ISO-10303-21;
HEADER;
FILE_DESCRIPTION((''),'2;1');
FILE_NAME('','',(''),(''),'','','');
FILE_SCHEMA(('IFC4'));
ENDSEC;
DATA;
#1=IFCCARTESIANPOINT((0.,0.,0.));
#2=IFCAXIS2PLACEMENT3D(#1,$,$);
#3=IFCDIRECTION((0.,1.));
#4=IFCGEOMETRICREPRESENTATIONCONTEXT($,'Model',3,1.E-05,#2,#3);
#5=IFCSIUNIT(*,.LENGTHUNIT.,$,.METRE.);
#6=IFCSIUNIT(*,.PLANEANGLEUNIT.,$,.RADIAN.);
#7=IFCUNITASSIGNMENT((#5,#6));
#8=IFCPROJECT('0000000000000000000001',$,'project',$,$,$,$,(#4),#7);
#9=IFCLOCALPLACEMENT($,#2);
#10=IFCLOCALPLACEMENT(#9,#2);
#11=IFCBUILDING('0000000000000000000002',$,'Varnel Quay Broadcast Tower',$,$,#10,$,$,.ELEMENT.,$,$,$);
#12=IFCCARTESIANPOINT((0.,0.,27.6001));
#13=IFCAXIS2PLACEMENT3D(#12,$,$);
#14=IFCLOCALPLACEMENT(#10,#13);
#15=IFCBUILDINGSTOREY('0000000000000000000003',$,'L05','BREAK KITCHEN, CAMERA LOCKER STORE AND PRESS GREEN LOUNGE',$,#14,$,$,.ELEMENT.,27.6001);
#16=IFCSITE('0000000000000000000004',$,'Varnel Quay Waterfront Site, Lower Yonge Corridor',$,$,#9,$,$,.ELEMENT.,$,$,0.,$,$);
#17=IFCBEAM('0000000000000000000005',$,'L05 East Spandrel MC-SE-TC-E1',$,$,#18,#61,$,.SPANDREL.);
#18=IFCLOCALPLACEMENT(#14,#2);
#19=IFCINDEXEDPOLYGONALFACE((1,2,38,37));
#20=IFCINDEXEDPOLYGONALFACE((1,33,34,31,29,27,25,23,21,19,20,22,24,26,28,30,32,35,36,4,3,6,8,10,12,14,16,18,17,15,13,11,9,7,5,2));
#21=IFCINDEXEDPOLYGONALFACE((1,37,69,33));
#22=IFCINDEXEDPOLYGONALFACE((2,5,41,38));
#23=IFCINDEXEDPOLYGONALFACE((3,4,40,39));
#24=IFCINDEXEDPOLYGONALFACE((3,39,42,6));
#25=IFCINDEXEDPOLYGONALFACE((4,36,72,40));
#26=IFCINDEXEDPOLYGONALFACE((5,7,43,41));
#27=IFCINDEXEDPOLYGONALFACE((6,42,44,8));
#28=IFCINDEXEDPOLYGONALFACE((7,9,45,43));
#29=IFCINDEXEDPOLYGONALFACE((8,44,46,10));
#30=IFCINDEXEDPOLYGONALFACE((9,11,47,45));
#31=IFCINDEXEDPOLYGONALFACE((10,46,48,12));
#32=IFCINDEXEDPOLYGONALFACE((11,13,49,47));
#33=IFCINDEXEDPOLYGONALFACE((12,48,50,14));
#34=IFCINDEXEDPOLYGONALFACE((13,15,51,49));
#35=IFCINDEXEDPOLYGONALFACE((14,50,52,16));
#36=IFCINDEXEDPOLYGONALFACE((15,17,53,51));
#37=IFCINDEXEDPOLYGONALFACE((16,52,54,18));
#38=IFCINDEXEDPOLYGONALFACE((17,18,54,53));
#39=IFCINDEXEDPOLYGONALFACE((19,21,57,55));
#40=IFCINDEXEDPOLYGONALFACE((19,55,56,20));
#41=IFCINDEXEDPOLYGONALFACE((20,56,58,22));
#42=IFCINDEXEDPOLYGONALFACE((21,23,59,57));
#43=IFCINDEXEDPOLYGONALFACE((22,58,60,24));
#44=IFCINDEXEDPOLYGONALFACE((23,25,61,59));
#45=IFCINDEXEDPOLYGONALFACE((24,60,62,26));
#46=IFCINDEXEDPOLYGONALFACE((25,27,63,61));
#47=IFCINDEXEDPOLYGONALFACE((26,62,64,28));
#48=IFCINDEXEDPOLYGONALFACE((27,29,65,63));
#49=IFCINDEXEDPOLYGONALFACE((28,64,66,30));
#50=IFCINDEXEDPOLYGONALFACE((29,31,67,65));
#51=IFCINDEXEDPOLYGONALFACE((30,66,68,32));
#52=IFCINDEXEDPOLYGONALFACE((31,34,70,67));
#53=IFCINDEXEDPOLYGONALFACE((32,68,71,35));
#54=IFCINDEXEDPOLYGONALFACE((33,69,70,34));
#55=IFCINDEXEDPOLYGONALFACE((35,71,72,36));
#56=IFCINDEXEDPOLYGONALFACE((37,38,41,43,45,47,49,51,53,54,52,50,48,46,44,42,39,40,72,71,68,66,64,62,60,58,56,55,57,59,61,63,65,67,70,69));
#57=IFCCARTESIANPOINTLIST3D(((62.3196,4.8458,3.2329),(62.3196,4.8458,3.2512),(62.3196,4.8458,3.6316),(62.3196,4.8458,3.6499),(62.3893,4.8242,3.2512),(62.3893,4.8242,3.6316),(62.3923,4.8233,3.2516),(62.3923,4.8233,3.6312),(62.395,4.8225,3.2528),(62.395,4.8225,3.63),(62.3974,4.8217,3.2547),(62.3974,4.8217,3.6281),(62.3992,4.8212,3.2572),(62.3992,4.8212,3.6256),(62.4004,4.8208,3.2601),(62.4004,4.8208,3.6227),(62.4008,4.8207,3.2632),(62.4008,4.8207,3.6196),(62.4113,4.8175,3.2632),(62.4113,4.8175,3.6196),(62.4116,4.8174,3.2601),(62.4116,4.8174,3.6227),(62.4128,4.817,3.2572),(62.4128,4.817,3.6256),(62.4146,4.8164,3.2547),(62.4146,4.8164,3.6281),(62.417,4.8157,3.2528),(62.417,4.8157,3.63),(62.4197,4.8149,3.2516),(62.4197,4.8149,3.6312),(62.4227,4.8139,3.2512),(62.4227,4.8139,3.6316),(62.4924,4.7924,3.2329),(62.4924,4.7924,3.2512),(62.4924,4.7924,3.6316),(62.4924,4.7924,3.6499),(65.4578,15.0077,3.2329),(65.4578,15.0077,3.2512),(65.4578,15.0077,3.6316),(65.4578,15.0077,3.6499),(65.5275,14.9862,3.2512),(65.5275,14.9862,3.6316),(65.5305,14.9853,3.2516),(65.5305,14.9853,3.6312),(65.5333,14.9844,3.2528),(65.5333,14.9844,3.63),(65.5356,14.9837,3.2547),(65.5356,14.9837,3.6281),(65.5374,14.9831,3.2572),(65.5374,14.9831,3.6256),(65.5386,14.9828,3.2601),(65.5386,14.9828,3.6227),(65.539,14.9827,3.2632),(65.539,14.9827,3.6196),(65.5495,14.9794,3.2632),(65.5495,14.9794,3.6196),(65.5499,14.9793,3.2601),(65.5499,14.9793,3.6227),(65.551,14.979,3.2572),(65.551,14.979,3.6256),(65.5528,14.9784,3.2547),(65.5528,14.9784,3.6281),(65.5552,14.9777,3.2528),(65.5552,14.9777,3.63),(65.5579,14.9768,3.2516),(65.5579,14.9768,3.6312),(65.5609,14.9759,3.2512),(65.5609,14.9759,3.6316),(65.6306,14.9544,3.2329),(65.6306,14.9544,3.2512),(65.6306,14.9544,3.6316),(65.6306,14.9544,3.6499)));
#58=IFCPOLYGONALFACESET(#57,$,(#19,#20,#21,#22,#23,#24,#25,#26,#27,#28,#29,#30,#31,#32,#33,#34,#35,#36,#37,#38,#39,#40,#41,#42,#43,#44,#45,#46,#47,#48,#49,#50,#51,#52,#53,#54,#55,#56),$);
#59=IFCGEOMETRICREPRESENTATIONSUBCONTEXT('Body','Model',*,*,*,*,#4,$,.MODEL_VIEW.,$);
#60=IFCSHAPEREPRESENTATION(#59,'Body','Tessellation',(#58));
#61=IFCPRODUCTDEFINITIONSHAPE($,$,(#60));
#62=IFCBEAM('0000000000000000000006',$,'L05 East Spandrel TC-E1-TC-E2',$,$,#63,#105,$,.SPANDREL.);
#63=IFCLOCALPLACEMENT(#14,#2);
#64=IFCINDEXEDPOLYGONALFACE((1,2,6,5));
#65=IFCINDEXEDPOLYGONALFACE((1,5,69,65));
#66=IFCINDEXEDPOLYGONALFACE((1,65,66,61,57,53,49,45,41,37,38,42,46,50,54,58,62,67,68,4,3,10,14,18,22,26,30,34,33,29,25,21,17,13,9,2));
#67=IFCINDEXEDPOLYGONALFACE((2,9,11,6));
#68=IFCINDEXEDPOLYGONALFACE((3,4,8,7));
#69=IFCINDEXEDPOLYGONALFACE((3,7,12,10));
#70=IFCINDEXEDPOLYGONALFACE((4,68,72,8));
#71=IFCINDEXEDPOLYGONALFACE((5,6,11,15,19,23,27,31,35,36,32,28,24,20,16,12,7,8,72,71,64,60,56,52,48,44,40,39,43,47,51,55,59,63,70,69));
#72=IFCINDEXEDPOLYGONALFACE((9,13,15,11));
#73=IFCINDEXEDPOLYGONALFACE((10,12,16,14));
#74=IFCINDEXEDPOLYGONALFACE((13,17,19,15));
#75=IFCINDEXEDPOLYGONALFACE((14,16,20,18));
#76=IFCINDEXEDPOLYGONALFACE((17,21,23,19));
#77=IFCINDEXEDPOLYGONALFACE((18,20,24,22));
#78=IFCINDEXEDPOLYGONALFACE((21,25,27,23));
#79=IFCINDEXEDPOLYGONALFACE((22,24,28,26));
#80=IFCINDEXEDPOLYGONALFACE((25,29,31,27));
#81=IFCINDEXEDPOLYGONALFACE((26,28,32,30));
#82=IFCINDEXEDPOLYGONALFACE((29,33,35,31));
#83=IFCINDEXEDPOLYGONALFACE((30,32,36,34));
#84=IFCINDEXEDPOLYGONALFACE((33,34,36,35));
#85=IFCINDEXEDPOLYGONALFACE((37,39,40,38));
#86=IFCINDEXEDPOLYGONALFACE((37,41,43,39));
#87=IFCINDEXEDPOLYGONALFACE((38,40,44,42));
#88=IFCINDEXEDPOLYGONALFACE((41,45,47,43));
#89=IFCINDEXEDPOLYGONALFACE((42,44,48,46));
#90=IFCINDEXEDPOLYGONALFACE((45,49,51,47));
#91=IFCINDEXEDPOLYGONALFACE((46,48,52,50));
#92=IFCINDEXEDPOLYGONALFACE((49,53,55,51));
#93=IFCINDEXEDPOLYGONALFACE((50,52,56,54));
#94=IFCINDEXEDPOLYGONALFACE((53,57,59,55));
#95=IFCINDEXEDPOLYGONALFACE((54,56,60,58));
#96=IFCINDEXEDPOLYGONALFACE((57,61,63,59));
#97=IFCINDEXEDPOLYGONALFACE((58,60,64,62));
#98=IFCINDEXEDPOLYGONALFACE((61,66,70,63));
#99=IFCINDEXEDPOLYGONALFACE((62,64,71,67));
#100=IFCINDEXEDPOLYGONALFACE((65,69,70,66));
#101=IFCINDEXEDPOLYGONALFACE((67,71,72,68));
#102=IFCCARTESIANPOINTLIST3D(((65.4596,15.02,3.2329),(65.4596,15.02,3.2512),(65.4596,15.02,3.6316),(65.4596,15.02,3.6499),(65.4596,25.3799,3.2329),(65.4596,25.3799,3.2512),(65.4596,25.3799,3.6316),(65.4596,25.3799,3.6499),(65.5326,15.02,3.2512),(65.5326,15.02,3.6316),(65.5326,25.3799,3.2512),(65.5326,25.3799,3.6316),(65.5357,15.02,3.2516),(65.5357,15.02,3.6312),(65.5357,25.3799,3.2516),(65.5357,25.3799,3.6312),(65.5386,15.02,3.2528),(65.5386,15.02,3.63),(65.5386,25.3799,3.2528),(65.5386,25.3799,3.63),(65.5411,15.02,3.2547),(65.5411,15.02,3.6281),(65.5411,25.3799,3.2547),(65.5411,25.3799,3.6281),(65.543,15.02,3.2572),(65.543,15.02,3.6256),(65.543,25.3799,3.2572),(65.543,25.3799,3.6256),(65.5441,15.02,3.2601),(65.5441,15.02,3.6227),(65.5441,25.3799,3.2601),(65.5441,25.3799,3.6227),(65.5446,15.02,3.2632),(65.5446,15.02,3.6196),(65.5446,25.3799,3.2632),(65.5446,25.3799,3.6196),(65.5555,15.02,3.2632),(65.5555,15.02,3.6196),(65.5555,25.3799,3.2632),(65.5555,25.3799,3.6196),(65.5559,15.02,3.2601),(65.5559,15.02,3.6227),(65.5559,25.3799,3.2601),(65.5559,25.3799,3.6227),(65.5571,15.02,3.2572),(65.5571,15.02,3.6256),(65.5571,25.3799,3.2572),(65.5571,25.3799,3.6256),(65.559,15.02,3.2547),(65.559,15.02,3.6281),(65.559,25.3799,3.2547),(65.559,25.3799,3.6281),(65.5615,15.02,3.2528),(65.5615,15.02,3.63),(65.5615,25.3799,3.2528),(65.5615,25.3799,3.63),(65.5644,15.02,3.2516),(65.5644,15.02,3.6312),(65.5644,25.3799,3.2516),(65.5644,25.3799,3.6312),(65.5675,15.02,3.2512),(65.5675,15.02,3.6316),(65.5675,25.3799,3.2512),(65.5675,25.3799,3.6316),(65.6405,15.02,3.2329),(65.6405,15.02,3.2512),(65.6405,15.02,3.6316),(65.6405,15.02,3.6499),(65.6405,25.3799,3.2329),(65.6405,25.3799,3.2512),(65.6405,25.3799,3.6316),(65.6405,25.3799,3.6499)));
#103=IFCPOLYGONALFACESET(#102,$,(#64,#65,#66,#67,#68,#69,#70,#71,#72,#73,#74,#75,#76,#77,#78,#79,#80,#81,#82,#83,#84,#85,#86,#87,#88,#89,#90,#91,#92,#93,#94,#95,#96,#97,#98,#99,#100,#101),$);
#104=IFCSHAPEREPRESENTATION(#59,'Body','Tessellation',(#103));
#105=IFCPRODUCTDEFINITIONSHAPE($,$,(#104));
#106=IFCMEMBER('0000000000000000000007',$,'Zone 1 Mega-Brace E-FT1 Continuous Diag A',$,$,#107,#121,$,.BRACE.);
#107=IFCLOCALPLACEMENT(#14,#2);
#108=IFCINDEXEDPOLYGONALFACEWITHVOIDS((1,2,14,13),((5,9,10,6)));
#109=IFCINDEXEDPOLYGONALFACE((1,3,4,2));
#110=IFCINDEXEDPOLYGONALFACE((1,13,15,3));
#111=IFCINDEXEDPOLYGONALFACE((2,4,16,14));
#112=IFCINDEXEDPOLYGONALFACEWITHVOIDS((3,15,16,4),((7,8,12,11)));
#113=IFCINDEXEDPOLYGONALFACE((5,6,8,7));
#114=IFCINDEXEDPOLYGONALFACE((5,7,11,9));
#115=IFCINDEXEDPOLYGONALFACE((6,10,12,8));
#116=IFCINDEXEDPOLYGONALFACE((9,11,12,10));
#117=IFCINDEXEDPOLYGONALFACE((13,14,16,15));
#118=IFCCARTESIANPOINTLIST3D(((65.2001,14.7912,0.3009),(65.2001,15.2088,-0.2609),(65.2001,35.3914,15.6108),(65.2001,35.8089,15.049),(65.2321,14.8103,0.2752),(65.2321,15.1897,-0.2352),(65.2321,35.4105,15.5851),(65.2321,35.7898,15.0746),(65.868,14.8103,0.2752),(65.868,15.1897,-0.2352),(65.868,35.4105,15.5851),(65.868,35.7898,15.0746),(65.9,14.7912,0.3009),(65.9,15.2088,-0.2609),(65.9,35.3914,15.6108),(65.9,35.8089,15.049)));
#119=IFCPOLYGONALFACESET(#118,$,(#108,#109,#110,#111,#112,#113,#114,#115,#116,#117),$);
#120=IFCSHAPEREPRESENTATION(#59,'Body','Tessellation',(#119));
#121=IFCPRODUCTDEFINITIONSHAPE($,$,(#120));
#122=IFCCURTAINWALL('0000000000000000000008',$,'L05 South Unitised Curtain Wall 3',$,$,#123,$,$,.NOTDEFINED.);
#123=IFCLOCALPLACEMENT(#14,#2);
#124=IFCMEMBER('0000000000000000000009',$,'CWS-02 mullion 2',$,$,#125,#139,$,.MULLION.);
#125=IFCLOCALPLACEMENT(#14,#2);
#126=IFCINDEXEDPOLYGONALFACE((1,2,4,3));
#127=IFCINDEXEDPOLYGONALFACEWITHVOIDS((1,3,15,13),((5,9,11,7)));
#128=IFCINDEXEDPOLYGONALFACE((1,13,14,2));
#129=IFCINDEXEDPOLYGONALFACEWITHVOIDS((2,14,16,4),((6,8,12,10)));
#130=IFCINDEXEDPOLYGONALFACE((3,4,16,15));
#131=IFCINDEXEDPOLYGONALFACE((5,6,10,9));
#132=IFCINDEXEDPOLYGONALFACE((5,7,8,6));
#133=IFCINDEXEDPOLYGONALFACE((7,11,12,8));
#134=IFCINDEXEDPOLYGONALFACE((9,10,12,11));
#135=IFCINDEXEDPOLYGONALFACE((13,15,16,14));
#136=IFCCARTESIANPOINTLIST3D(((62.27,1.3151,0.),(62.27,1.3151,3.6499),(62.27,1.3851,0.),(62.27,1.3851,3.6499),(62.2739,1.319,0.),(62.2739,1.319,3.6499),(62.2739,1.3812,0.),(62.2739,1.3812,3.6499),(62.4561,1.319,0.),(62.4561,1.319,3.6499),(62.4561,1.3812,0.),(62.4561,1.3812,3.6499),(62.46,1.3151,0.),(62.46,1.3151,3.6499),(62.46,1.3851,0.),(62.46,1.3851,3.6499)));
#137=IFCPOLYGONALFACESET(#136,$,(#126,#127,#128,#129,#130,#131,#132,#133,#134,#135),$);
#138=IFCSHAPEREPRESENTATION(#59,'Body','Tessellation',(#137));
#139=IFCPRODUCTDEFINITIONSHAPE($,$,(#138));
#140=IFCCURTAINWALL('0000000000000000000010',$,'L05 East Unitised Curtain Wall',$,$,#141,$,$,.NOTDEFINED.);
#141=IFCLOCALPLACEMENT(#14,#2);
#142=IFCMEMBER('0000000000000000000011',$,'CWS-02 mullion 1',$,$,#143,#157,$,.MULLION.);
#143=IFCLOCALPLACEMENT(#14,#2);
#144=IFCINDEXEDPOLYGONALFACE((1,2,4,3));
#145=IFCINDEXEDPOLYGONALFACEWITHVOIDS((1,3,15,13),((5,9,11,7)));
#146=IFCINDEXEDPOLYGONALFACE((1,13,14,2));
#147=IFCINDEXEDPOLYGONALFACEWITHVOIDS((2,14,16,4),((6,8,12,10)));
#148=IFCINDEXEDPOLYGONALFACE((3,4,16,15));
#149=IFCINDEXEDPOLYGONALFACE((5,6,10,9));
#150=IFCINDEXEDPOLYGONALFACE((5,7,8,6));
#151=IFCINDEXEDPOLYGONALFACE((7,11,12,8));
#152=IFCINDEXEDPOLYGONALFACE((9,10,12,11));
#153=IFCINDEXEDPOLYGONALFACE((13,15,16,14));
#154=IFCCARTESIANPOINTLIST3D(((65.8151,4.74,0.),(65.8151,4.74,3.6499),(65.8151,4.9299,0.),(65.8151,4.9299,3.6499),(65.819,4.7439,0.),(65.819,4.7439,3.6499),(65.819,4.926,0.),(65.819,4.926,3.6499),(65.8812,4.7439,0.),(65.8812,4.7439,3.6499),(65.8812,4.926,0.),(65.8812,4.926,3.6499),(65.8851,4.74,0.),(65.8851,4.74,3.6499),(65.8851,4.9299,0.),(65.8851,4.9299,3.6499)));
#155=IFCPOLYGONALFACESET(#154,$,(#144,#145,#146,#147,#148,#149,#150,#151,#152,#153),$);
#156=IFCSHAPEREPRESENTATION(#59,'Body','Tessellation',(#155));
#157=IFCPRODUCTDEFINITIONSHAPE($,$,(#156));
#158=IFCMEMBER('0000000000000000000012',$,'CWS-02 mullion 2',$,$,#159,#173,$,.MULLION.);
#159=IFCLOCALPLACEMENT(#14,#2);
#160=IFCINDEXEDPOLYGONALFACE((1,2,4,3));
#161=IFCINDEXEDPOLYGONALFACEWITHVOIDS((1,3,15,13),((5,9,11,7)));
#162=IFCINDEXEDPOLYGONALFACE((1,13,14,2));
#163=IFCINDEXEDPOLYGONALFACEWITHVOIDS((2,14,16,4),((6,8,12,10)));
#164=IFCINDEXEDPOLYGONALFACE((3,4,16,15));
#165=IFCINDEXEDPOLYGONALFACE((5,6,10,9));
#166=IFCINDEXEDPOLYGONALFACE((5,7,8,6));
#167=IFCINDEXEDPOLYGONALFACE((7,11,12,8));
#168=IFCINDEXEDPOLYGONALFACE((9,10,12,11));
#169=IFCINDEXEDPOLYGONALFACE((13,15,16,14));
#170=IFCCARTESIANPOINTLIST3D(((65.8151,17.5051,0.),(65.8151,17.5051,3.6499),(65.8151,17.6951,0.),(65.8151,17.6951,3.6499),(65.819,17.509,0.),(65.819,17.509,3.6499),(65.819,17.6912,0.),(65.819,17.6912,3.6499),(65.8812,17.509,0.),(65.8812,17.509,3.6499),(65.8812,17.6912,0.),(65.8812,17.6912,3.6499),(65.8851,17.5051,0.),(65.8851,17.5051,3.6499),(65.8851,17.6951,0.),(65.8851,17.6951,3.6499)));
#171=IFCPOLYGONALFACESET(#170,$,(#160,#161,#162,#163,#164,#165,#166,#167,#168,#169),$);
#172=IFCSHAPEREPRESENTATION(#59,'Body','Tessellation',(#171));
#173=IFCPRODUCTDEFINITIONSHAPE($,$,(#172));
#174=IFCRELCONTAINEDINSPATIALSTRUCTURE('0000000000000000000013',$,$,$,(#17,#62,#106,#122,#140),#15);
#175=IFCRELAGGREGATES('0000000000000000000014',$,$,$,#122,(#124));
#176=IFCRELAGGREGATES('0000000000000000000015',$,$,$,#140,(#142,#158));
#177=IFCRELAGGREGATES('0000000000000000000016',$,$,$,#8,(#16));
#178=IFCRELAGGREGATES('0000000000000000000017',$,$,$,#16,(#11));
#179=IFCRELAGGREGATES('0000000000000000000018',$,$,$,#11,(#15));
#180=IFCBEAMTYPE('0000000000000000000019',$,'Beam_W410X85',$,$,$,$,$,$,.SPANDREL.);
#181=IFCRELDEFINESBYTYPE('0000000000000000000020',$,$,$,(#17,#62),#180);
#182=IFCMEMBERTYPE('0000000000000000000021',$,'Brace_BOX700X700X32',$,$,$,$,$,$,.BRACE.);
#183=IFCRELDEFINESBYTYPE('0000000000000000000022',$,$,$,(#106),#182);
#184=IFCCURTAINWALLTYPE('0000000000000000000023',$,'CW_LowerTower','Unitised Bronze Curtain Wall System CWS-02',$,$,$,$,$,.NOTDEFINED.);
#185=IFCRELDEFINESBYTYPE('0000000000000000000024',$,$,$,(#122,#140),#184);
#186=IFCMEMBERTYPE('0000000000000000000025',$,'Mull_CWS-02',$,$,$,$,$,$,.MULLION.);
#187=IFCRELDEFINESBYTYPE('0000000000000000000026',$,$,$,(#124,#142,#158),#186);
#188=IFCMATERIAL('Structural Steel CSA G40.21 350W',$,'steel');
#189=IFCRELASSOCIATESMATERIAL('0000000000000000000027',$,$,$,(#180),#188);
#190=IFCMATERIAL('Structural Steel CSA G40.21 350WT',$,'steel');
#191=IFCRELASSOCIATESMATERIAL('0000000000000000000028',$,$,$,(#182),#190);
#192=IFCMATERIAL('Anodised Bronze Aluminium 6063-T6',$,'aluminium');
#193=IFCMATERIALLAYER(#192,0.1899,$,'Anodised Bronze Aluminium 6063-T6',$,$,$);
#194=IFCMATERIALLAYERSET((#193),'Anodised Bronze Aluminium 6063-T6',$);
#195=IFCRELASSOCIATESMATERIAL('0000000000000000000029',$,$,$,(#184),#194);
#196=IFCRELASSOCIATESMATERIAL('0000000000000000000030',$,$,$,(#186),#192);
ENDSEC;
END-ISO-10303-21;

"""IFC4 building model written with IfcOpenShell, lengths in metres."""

from ifc_helpers import new_model, si_unit, direction, frame, origin, origin_2d, place, context, subcontext, project, spatial, hollow_rectangle, i_section, extrude, source, transform, mapped, material, layer, layer_set, material_profile, profile_set, type_object, type_shapes, element, aggregate, save


model = new_model("IFC4")

# Units and contexts
model_context = context("Model", 3, precision=1e-05, world=origin(), true_north=direction((0.0, 1.0)))
body_context = subcontext(model_context, "Body", "Model", "MODEL_VIEW")
ifc_project = project(units=[si_unit("LENGTHUNIT", "METRE"), si_unit("PLANEANGLEUNIT", "RADIAN")], contexts=[model_context])

# Site, building, storey
site_placement = place(None, origin())
site = spatial("IfcSite", under=ifc_project, at=site_placement, Name="Varnel Quay Waterfront Site, Lower Yonge Corridor", CompositionType="ELEMENT", RefElevation=0.0)
building_placement = place(site_placement, origin())
building = spatial("IfcBuilding", under=site, at=building_placement, Name="Varnel Quay Broadcast Tower", CompositionType="ELEMENT")
storey_placement = place(building_placement, frame((0.0, 0.0, 27.6001)))
storey = spatial("IfcBuildingStorey", under=building, at=storey_placement, Name="L05", Description="BREAK KITCHEN, CAMERA LOCKER STORE AND PRESS GREEN LOUNGE", CompositionType="ELEMENT", Elevation=27.6001)

# Shared definitions
ifc_material_1 = material(Name="Structural Steel CSA G40.21 350WT", Category="steel")
ifc_material_2 = material(Name="Structural Steel CSA G40.21 350W", Category="steel")

# Beams
ifc_material_profile_1 = material_profile(ifc_material_2, i_section(OverallWidth=0.1809, OverallDepth=0.417, WebThickness=0.011, FlangeThickness=0.0183, FilletRadius=0.012, at=origin_2d()), Name="W410X85")
ifc_profile_set_1 = profile_set([ifc_material_profile_1], Name="Structural Steel CSA G40.21 350W")
beam_type = type_object("IfcBeamType", Name="Beam_W410X85", PredefinedType="SPANDREL", material=ifc_profile_set_1)
shared_shape_1 = source(origin(), body_context, "Body", "SweptSolid", [
    extrude(i_section(OverallWidth=0.1809, OverallDepth=0.417, WebThickness=0.011, FlangeThickness=0.0183, FilletRadius=0.012, at=origin_2d()), origin(), (0.0, 0.0, 1.0), 10.6355),
])
beam_1_placement = place(storey_placement, frame((62.406, 4.8191, 3.4414), z_axis=(0.29507, 0.955476, 0.0), x_axis=(-0.955476, 0.29507, 0.0)))
element("IfcBeam", 1, at=beam_1_placement, inside=storey, type_object=beam_type, Name="L05 East Spandrel MC-SE-TC-E1", PredefinedType="SPANDREL", context=body_context, shape_type="MappedRepresentation", body=[
    mapped(shared_shape_1, transform((0.0, 0.0, 0.0), x_axis=(1.0, 0.0, 0.0), y_axis=(0.0, 1.0, 0.0), z_axis=(0.0, 0.0, 1.0), scale=1.0)),
])
shared_shape_2 = source(origin(), body_context, "Body", "SweptSolid", [
    extrude(i_section(OverallWidth=0.1809, OverallDepth=0.417, WebThickness=0.011, FlangeThickness=0.0183, FilletRadius=0.012, at=origin_2d()), origin(), (0.0, 0.0, 1.0), 10.3599),
])
beam_2_placement = place(storey_placement, frame((65.55, 15.02, 3.4414), z_axis=(0.0, 1.0, 0.0), x_axis=(-1.0, 0.0, 0.0)))
element("IfcBeam", 2, at=beam_2_placement, inside=storey, type_object=beam_type, Name="L05 East Spandrel TC-E1-TC-E2", PredefinedType="SPANDREL", context=body_context, shape_type="MappedRepresentation", body=[
    mapped(shared_shape_2, transform((0.0, 0.0, 0.0), x_axis=(1.0, 0.0, 0.0), y_axis=(0.0, 1.0, 0.0), z_axis=(0.0, 0.0, 1.0), scale=1.0)),
])

# Member
ifc_material_profile_2 = material_profile(ifc_material_1, hollow_rectangle(XDim=0.7, YDim=0.7, WallThickness=0.032, at=origin_2d()), Name="BOX700X700X32")
ifc_profile_set_2 = profile_set([ifc_material_profile_2], Name="Structural Steel CSA G40.21 350WT")
member_type_1 = type_object("IfcMemberType", Name="Brace_BOX700X700X32", PredefinedType="BRACE", material=ifc_profile_set_2)
shared_shape_3 = source(origin(), body_context, "Body", "SweptSolid", [
    extrude(hollow_rectangle(XDim=0.7, YDim=0.7, WallThickness=0.032, at=origin_2d()), origin(), (0.0, 0.0, 1.0), 25.6663),
])
type_shapes(member_type_1, [shared_shape_3])
member_1_placement = place(storey_placement, frame((65.55, 15.0, 0.02), z_axis=(0.0, 0.802615, 0.596497), x_axis=(-1.0, 0.0, 0.0)))
element("IfcMember", 3, at=member_1_placement, inside=storey, type_object=member_type_1, Name="Zone 1 Mega-Brace E-FT1 Continuous Diag A", PredefinedType="BRACE", context=body_context, shape_type="MappedRepresentation", body=[
    mapped(shared_shape_3, transform((0.0, 0.0, 0.0), x_axis=(1.0, 0.0, 0.0), y_axis=(0.0, 1.0, 0.0), z_axis=(0.0, 0.0, 1.0), scale=1.0)),
])

# Curtain wall, member
ifc_material_3 = material(Name="Anodised Bronze Aluminium 6063-T6", Category="aluminium")
ifc_layer_1 = layer(ifc_material_3, 0.1899, Name="Anodised Bronze Aluminium 6063-T6")
ifc_layer_set_1 = layer_set([ifc_layer_1], Name="Anodised Bronze Aluminium 6063-T6")
curtain_wall_type_1 = type_object("IfcCurtainWallType", Name="CW_LowerTower", Description="Unitised Bronze Curtain Wall System CWS-02", PredefinedType="NOTDEFINED", material=ifc_layer_set_1)
curtain_wall_1_placement = place(storey_placement, origin())
curtain_wall_1 = element("IfcCurtainWall", 4, at=curtain_wall_1_placement, inside=storey, type_object=curtain_wall_type_1, Name="L05 South Unitised Curtain Wall 3", PredefinedType="NOTDEFINED")
ifc_material_profile_3 = material_profile(ifc_material_3, hollow_rectangle(XDim=0.0701, YDim=0.1899, WallThickness=0.0039, at=origin_2d()), Name="ALU70X190X4")
ifc_profile_set_3 = profile_set([ifc_material_profile_3], Name="Anodised Bronze Aluminium 6063-T6")
member_type_2 = type_object("IfcMemberType", Name="Mull_CWS-02", PredefinedType="MULLION", material=ifc_profile_set_3)
shared_shape_4 = source(origin(), body_context, "Body", "SweptSolid", [
    extrude(hollow_rectangle(XDim=0.0701, YDim=0.1899, WallThickness=0.0039, at=origin_2d()), origin(), (0.0, 0.0, 1.0), 3.6499),
])
type_shapes(member_type_2, [shared_shape_4])
member_2_placement = place(storey_placement, frame((62.365, 1.3501, 0.0), z_axis=(0.0, 0.0, 1.0), x_axis=(0.0, 1.0, 0.0)))
member_2 = element("IfcMember", 5, at=member_2_placement, type_object=member_type_2, Name="CWS-02 mullion 2", PredefinedType="MULLION", context=body_context, shape_type="MappedRepresentation", body=[
    mapped(shared_shape_4, transform((0.0, 0.0, 0.0), x_axis=(1.0, 0.0, 0.0), y_axis=(0.0, 1.0, 0.0), z_axis=(0.0, 0.0, 1.0), scale=1.0)),
])

# Curtain wall, members
curtain_wall_2_placement = place(storey_placement, origin())
curtain_wall_2 = element("IfcCurtainWall", 6, at=curtain_wall_2_placement, inside=storey, type_object=curtain_wall_type_1, Name="L05 East Unitised Curtain Wall", PredefinedType="NOTDEFINED")
member_3_placement = place(storey_placement, frame((65.8501, 4.835, 0.0), z_axis=(0.0, 0.0, 1.0), x_axis=(-1.0, 0.0, 0.0)))
member_3 = element("IfcMember", 7, at=member_3_placement, type_object=member_type_2, Name="CWS-02 mullion 1", PredefinedType="MULLION", context=body_context, shape_type="MappedRepresentation", body=[
    mapped(shared_shape_4, transform((0.0, 0.0, 0.0), x_axis=(1.0, 0.0, 0.0), y_axis=(0.0, 1.0, 0.0), z_axis=(0.0, 0.0, 1.0), scale=1.0)),
])
member_4_placement = place(storey_placement, frame((65.8501, 17.6001, 0.0), z_axis=(0.0, 0.0, 1.0), x_axis=(-1.0, 0.0, 0.0)))
member_4 = element("IfcMember", 8, at=member_4_placement, type_object=member_type_2, Name="CWS-02 mullion 2", PredefinedType="MULLION", context=body_context, shape_type="MappedRepresentation", body=[
    mapped(shared_shape_4, transform((0.0, 0.0, 0.0), x_axis=(1.0, 0.0, 0.0), y_axis=(0.0, 1.0, 0.0), z_axis=(0.0, 0.0, 1.0), scale=1.0)),
])

aggregate(curtain_wall_1, [member_2])
aggregate(curtain_wall_2, [member_3, member_4])

save(model, "model.ifc")
